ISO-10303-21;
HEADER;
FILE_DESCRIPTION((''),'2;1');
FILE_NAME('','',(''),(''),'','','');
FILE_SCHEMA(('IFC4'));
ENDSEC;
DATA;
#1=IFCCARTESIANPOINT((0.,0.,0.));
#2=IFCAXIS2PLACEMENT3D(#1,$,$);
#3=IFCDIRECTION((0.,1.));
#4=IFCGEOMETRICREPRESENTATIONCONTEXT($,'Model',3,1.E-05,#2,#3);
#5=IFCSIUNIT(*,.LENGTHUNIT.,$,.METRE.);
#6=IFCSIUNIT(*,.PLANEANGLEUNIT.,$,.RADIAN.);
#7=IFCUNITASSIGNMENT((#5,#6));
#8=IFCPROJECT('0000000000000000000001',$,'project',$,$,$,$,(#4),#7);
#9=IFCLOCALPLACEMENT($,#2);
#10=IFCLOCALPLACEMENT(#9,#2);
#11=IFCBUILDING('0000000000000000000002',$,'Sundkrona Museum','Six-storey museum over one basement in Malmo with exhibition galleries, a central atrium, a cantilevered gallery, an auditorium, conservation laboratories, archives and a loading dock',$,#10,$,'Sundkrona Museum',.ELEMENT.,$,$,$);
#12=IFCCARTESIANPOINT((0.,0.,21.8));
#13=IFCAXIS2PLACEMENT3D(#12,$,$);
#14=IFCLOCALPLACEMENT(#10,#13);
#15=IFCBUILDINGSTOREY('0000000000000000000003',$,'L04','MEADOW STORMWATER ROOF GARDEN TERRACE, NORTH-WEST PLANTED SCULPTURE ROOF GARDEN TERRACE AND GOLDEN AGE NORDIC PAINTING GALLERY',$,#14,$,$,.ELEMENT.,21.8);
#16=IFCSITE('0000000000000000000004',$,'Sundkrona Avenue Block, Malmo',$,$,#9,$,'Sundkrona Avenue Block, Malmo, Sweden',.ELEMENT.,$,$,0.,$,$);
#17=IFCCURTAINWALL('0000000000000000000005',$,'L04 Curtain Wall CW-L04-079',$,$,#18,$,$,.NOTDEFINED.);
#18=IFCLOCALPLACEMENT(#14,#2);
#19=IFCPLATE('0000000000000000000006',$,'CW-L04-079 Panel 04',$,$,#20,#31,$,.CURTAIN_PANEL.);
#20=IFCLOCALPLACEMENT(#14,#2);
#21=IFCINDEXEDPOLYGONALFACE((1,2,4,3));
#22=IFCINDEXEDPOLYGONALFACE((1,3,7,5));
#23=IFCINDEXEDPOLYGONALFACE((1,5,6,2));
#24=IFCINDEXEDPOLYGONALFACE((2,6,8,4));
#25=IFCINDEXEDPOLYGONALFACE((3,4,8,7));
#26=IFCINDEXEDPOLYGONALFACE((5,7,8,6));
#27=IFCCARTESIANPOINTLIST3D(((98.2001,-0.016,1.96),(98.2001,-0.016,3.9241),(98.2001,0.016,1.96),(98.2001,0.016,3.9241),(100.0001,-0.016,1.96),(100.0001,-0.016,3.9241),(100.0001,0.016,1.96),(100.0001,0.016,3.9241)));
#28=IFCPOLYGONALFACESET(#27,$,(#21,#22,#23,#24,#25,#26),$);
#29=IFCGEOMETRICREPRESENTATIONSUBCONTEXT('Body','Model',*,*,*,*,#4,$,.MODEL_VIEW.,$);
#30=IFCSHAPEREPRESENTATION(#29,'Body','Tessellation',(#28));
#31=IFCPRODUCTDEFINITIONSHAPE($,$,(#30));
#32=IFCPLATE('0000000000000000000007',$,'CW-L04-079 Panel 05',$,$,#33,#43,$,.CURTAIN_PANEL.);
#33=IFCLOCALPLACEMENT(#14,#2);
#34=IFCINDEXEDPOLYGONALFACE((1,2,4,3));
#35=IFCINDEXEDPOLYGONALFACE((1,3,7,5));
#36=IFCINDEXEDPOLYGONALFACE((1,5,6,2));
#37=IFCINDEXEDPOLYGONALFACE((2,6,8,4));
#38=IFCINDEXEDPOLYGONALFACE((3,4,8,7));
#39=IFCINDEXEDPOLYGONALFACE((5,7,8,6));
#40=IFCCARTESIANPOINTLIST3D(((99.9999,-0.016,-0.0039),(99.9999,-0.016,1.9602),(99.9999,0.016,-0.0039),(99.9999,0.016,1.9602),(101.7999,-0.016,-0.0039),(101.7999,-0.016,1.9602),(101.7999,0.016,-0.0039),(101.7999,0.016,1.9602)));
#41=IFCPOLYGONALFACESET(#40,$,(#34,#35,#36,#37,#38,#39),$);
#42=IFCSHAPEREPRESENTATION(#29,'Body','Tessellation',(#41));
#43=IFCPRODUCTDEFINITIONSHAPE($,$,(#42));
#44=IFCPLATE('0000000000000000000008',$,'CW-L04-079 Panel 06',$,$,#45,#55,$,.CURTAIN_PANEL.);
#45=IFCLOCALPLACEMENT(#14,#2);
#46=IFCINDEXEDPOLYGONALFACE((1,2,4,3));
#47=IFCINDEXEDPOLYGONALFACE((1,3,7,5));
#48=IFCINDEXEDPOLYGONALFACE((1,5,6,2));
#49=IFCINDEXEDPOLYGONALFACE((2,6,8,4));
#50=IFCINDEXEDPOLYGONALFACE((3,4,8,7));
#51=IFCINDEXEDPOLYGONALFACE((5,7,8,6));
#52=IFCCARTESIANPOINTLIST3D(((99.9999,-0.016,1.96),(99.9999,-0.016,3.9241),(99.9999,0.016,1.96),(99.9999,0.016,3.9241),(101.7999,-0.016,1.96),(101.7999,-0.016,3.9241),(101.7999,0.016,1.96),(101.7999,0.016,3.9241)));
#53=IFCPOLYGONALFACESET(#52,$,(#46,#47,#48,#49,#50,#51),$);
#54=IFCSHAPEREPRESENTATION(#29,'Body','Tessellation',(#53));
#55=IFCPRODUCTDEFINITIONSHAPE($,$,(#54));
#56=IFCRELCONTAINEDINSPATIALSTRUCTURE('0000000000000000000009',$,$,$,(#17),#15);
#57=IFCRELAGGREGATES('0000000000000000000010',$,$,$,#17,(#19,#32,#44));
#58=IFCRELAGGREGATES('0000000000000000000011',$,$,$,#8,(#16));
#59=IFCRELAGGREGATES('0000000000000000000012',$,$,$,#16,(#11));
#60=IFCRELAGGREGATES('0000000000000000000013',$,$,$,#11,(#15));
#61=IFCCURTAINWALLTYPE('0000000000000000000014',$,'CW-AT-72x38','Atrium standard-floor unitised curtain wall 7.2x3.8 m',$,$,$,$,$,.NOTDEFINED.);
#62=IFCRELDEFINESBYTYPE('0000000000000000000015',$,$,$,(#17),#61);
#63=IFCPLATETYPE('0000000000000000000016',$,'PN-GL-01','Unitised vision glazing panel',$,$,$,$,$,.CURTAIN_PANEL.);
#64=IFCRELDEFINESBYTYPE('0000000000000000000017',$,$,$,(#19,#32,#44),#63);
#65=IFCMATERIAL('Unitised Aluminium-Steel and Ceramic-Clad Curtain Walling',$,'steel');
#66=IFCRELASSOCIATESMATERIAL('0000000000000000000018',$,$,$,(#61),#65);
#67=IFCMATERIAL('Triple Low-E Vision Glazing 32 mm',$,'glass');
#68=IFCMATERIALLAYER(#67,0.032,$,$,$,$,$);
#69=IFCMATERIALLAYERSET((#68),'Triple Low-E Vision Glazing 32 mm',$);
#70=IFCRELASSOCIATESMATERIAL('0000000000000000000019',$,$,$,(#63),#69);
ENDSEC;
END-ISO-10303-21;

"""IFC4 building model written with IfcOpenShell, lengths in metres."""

from ifc_helpers import new_model, si_unit, direction, frame, origin, origin_2d, place, context, subcontext, project, spatial, rectangle, extrude, material, layer, layer_set, type_object, element, aggregate, save


model = new_model("IFC4")

# Units and contexts
model_context = context("Model", 3, precision=1e-05, world=origin(), true_north=direction((0.0, 1.0)))
body_context = subcontext(model_context, "Body", "Model", "MODEL_VIEW")
ifc_project = project(units=[si_unit("LENGTHUNIT", "METRE"), si_unit("PLANEANGLEUNIT", "RADIAN")], contexts=[model_context])

# Site, building, storey
site_placement = place(None, origin())
site = spatial("IfcSite", under=ifc_project, at=site_placement, Name="Sundkrona Avenue Block, Malmo", LongName="Sundkrona Avenue Block, Malmo, Sweden", CompositionType="ELEMENT", RefElevation=0.0)
building_placement = place(site_placement, origin())
building = spatial("IfcBuilding", under=site, at=building_placement, Name="Sundkrona Museum", Description="Six-storey museum over one basement in Malmo with exhibition galleries, a central atrium, a cantilevered gallery, an auditorium, conservation laboratories, archives and a loading dock", LongName="Sundkrona Museum", CompositionType="ELEMENT")
storey_placement = place(building_placement, frame((0.0, 0.0, 21.8)))
storey = spatial("IfcBuildingStorey", under=building, at=storey_placement, Name="L04", Description="MEADOW STORMWATER ROOF GARDEN TERRACE, NORTH-WEST PLANTED SCULPTURE ROOF GARDEN TERRACE AND GOLDEN AGE NORDIC PAINTING GALLERY", CompositionType="ELEMENT", Elevation=21.8)

# Curtain wall
ifc_material_1 = material(Name="Unitised Aluminium-Steel and Ceramic-Clad Curtain Walling", Category="steel")
curtain_wall_type = type_object("IfcCurtainWallType", Name="CW-AT-72x38", Description="Atrium standard-floor unitised curtain wall 7.2x3.8 m", PredefinedType="NOTDEFINED", material=ifc_material_1)
curtain_wall_1_placement = place(storey_placement, origin())
curtain_wall_1 = element("IfcCurtainWall", 1, at=curtain_wall_1_placement, inside=storey, type_object=curtain_wall_type, Name="L04 Curtain Wall CW-L04-079", PredefinedType="NOTDEFINED")

# Plates
ifc_material_2 = material(Name="Triple Low-E Vision Glazing 32 mm", Category="glass")
ifc_layer = layer(ifc_material_2, 0.032)
ifc_layer_set = layer_set([ifc_layer], Name="Triple Low-E Vision Glazing 32 mm")
plate_type = type_object("IfcPlateType", Name="PN-GL-01", Description="Unitised vision glazing panel", PredefinedType="CURTAIN_PANEL", material=ifc_layer_set)
plate_1_placement = place(storey_placement, frame((99.1001, 0.0, 1.96), z_axis=(0.0, 0.0, 1.0), x_axis=(1.0, 0.0, 0.0)))
plate_1 = element("IfcPlate", 2, at=plate_1_placement, type_object=plate_type, Name="CW-L04-079 Panel 04", PredefinedType="CURTAIN_PANEL", context=body_context, shape_type="SweptSolid", body=[
    extrude(rectangle(XDim=1.8, YDim=0.032, at=origin_2d()), origin(), (0.0, 0.0, 1.0), 1.9641),
])
plate_2_placement = place(storey_placement, frame((100.8999, 0.0, -0.0039), z_axis=(0.0, 0.0, 1.0), x_axis=(1.0, 0.0, 0.0)))
plate_2 = element("IfcPlate", 3, at=plate_2_placement, type_object=plate_type, Name="CW-L04-079 Panel 05", PredefinedType="CURTAIN_PANEL", context=body_context, shape_type="SweptSolid", body=[
    extrude(rectangle(XDim=1.8, YDim=0.032, at=origin_2d()), origin(), (0.0, 0.0, 1.0), 1.9641),
])
plate_3_placement = place(storey_placement, frame((100.8999, 0.0, 1.96), z_axis=(0.0, 0.0, 1.0), x_axis=(1.0, 0.0, 0.0)))
plate_3 = element("IfcPlate", 4, at=plate_3_placement, type_object=plate_type, Name="CW-L04-079 Panel 06", PredefinedType="CURTAIN_PANEL", context=body_context, shape_type="SweptSolid", body=[
    extrude(rectangle(XDim=1.8, YDim=0.032, at=origin_2d()), origin(), (0.0, 0.0, 1.0), 1.9641),
])
aggregate(curtain_wall_1, [plate_1, plate_2, plate_3])

save(model, "model.ifc")
